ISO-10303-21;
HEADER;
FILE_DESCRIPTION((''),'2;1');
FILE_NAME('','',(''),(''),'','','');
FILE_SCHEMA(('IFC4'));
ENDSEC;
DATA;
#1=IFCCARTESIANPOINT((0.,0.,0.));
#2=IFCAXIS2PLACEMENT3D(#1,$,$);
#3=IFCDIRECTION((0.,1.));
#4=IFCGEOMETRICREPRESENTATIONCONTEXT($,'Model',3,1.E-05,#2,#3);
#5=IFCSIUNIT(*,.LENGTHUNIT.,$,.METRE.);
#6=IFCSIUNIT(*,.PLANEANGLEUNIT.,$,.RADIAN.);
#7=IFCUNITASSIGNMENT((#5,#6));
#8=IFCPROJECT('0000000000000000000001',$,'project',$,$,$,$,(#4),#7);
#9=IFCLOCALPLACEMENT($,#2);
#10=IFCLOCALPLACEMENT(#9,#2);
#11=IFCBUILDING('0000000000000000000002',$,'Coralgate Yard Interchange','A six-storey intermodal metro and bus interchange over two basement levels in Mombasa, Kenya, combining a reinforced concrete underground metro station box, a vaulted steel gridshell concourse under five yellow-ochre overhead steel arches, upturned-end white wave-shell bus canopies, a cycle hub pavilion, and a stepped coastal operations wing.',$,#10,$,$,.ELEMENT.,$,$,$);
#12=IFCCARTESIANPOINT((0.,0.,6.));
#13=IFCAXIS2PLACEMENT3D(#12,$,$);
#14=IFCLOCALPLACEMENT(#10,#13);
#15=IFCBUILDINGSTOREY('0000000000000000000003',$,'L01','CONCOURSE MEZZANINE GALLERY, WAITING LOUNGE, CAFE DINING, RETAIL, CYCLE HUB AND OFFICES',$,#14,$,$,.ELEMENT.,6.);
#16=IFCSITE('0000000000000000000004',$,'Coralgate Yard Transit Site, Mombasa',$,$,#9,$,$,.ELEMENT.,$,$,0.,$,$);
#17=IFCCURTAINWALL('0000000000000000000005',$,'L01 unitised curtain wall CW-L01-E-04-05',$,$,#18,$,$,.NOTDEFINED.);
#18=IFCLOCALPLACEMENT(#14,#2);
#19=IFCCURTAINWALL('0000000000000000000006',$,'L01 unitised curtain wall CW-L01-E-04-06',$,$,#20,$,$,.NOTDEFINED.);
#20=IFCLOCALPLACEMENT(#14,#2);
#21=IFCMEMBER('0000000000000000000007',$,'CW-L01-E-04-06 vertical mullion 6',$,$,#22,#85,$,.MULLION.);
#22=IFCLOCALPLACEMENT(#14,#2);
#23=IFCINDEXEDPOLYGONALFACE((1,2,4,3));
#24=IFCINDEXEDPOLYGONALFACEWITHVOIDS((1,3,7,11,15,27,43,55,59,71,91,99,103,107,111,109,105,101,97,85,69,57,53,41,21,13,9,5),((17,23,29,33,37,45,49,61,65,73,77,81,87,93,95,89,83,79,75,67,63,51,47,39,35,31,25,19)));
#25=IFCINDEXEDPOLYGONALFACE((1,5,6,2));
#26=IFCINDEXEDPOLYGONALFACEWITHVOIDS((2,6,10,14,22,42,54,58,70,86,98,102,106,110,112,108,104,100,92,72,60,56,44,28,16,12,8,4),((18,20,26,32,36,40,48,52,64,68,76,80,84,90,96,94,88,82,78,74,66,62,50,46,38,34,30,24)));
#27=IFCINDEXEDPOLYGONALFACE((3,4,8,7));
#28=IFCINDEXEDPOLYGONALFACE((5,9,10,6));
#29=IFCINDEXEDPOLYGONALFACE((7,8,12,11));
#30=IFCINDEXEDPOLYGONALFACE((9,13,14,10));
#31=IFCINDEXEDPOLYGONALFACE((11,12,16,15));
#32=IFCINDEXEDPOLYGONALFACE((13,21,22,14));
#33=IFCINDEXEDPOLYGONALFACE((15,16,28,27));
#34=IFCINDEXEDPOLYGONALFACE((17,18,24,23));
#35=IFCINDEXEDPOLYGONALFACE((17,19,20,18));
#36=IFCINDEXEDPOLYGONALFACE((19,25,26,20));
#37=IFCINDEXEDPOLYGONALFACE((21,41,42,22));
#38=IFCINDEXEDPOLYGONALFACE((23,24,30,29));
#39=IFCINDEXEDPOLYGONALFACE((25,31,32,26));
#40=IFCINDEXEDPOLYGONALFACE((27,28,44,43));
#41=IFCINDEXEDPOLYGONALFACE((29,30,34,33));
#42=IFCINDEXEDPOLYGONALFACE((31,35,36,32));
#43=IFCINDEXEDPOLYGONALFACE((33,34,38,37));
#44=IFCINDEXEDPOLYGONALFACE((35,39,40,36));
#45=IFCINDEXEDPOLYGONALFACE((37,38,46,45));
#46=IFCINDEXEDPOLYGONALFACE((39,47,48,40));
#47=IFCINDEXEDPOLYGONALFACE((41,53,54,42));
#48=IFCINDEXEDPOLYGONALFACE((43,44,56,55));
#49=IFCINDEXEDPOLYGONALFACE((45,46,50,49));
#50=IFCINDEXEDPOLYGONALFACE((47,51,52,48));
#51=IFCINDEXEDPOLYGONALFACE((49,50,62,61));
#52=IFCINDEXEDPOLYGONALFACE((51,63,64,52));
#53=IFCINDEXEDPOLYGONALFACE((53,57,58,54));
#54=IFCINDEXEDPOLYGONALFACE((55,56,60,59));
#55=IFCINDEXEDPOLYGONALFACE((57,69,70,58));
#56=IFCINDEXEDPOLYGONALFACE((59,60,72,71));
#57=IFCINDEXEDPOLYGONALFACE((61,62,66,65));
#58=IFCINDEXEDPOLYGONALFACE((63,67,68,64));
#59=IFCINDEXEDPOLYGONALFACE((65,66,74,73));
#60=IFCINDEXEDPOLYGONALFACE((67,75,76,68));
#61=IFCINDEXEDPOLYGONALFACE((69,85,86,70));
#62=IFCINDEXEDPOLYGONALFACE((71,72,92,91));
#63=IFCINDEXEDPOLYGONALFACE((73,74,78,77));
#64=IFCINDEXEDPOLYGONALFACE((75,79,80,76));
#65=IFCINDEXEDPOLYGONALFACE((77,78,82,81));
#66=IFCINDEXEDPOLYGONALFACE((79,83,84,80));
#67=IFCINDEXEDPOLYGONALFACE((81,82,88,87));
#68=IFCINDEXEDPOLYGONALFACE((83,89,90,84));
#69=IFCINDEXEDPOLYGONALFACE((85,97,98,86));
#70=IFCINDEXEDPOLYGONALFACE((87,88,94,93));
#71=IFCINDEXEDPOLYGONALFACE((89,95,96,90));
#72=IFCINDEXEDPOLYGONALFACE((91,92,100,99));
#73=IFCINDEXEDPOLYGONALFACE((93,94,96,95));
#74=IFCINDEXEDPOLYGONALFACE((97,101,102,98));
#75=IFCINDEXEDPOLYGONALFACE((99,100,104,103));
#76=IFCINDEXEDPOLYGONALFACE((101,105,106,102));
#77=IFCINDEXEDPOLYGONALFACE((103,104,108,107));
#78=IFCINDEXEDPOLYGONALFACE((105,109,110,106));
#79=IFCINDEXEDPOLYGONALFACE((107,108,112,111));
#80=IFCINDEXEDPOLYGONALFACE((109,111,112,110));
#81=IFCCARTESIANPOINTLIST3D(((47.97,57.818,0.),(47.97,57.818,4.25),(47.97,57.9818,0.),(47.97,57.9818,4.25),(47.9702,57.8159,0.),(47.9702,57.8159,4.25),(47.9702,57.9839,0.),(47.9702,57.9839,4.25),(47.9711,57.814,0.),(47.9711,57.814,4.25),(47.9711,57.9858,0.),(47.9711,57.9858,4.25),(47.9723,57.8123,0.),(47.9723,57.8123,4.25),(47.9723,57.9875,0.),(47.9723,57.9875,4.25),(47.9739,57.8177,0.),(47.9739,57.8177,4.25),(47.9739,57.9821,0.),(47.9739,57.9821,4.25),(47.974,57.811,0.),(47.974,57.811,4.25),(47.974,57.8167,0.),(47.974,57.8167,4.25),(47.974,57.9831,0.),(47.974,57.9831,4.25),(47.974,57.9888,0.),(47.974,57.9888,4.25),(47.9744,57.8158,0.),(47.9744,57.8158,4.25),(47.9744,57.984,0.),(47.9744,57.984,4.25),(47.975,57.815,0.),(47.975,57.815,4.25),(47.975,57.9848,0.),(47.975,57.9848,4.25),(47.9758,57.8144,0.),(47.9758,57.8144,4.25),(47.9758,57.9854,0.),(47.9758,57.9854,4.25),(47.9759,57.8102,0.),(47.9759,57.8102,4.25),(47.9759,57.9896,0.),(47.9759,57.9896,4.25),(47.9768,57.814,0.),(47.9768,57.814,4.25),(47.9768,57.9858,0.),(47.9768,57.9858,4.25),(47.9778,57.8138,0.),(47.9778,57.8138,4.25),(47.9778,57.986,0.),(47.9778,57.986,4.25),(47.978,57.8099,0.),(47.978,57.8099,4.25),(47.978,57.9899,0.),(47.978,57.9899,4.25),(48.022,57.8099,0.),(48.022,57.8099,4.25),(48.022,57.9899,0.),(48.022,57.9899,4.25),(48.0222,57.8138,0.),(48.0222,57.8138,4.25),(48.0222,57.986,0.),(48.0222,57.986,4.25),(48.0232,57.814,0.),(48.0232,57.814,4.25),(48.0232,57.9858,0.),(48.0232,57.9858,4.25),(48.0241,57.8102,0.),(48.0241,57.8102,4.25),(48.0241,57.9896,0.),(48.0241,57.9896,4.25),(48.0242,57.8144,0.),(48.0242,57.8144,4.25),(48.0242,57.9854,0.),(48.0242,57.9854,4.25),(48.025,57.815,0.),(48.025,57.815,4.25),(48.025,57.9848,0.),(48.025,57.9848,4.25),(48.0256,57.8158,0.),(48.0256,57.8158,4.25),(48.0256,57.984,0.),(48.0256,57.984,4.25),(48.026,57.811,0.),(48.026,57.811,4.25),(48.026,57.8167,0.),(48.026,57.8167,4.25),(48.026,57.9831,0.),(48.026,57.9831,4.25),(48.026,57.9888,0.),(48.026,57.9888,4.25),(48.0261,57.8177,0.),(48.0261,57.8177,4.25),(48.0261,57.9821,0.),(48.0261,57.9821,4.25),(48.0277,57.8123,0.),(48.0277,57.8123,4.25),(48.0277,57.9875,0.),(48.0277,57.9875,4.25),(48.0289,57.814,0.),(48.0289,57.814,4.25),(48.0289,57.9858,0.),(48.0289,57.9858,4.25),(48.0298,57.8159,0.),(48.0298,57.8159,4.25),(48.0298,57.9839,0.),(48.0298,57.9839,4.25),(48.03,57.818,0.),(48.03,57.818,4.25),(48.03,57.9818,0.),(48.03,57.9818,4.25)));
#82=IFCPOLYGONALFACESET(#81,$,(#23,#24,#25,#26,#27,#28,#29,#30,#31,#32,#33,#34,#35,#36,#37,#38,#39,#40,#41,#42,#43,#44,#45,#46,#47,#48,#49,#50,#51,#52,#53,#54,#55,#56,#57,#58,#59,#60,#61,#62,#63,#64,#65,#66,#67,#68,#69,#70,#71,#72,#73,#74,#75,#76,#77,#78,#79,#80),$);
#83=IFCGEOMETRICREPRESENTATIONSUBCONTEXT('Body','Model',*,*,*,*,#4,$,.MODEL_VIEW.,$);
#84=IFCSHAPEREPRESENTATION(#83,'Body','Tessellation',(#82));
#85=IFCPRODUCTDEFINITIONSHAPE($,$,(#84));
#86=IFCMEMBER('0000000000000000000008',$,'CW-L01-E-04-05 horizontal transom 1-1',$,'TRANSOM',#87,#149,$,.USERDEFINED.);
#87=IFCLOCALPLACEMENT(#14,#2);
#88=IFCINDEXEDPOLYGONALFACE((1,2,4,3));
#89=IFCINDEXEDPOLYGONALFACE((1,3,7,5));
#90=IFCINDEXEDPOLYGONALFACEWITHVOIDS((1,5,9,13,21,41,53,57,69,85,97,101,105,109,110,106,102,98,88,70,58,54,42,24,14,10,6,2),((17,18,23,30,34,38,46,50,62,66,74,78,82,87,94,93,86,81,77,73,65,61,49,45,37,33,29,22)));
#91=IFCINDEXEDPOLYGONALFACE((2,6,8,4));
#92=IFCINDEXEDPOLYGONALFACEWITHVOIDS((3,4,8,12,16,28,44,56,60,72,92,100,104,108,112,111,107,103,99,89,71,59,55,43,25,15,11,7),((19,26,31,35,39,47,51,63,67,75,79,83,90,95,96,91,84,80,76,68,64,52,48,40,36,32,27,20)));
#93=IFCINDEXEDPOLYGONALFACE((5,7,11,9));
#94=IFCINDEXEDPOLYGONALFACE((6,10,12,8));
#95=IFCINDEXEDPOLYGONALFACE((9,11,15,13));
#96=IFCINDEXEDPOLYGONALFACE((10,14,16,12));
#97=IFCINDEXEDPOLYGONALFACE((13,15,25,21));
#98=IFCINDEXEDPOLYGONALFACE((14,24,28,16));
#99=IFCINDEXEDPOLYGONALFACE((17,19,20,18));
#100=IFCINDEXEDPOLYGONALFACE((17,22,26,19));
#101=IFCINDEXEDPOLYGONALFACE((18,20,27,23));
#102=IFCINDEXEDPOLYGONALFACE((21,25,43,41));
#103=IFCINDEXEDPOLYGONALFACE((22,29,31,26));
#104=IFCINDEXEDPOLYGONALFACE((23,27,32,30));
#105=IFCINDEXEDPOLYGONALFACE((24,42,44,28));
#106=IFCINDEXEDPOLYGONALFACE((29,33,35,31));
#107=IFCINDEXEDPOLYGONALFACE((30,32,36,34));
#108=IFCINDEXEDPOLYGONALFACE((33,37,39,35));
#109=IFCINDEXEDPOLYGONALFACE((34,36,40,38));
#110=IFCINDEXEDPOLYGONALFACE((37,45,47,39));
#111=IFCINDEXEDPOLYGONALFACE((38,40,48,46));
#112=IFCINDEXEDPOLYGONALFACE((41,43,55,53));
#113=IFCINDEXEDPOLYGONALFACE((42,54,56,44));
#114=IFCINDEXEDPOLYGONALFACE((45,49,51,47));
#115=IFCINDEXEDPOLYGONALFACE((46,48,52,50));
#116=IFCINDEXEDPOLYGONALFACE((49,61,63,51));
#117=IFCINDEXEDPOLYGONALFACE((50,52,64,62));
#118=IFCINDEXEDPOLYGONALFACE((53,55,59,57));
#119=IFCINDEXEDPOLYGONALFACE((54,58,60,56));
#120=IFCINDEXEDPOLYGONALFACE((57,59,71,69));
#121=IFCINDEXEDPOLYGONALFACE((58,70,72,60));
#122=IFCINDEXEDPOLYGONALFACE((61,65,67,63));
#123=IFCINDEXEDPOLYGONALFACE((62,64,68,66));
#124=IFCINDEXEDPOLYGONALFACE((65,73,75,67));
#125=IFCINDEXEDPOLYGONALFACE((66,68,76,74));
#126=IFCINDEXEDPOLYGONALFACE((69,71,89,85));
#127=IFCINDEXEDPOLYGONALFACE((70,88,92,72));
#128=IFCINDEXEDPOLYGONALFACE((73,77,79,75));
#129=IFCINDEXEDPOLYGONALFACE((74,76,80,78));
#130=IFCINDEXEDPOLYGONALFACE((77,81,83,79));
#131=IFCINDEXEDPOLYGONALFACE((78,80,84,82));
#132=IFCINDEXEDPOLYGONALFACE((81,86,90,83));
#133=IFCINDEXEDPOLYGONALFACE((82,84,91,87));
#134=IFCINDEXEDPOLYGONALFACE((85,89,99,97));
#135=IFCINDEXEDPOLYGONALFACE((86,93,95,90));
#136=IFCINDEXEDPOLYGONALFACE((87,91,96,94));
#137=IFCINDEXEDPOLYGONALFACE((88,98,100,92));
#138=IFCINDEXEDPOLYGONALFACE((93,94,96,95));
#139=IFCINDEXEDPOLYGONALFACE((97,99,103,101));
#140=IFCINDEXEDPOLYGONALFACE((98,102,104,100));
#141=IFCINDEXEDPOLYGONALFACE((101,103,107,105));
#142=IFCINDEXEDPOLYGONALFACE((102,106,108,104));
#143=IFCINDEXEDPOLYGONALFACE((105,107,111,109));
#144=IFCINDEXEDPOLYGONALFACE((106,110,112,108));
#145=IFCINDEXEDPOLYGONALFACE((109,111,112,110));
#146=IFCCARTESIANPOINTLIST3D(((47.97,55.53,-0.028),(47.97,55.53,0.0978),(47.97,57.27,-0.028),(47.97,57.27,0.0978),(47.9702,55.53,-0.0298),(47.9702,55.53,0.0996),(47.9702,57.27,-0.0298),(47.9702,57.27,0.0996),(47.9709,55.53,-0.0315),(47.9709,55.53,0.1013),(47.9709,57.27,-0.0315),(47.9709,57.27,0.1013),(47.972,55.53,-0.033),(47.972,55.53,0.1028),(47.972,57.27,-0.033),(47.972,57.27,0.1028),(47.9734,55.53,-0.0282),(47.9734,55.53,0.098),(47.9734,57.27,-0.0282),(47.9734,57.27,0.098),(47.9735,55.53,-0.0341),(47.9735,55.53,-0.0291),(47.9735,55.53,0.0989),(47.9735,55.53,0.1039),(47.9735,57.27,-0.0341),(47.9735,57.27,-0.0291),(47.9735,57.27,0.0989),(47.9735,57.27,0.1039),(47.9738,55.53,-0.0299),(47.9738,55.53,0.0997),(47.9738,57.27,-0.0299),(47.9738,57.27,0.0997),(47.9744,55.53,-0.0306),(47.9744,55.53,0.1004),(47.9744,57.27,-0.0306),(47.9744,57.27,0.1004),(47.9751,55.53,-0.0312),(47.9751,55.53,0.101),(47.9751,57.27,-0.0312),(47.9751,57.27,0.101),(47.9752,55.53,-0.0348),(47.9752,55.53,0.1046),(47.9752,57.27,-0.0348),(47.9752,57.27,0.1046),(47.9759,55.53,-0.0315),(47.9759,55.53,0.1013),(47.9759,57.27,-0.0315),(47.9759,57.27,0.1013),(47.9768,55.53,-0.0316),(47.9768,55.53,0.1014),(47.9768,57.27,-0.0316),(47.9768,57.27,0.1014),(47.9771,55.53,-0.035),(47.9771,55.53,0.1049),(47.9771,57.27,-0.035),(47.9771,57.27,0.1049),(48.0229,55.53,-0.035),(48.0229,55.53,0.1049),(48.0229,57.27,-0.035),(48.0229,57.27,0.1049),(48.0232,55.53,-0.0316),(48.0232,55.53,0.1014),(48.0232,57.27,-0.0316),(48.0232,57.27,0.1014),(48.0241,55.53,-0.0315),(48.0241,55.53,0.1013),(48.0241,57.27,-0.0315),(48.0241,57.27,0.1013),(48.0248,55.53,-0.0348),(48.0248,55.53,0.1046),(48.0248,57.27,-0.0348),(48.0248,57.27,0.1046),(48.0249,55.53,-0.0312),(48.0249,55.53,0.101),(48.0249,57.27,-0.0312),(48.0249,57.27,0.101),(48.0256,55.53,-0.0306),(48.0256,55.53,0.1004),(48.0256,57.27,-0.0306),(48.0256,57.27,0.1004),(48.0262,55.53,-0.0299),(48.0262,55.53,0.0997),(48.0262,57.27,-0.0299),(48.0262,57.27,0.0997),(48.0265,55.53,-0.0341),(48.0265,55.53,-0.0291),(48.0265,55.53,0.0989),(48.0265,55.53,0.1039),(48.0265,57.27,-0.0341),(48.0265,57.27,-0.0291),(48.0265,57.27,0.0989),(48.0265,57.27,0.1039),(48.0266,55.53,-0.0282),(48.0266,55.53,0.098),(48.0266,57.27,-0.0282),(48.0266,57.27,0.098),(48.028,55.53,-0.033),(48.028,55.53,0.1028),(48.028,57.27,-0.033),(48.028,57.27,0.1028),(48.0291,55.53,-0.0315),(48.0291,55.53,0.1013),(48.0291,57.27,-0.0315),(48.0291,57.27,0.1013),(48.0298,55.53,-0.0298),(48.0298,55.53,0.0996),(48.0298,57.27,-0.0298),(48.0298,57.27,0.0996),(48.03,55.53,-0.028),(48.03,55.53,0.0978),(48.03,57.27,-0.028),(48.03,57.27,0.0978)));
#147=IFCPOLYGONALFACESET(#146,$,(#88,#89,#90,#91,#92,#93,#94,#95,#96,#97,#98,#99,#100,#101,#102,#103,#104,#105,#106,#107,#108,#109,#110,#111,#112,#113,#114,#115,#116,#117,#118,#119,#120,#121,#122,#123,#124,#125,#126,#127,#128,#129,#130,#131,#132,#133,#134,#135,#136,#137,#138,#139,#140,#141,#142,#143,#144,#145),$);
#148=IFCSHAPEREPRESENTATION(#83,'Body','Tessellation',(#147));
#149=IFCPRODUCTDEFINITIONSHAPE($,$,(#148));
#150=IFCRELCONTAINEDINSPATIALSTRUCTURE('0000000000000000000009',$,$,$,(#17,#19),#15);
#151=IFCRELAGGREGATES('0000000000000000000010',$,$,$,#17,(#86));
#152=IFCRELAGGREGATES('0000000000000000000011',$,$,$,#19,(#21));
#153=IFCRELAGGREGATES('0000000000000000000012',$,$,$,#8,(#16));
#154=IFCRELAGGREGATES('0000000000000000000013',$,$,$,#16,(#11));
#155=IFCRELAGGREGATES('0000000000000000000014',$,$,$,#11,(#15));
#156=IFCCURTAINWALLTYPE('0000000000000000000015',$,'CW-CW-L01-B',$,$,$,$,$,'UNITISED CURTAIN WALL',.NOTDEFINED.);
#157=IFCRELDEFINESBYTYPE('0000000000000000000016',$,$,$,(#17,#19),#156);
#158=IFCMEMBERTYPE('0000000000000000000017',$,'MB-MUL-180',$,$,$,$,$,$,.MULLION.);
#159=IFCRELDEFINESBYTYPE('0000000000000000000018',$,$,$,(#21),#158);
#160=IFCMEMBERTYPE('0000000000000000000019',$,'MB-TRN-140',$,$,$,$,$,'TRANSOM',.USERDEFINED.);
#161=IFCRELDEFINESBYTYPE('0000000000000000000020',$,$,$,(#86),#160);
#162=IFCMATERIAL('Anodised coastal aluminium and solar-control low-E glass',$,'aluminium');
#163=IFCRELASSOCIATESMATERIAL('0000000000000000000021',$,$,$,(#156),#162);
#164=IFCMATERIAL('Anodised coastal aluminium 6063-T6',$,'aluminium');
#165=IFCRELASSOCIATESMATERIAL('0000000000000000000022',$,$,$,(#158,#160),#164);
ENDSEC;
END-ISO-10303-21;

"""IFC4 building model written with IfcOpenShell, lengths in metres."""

from ifc_helpers import new_model, si_unit, direction, frame, origin, origin_2d, place, context, subcontext, project, spatial, hollow_rectangle, extrude, material, material_profile, profile_set, type_object, element, aggregate, save


model = new_model("IFC4")

# Units and contexts
model_context = context("Model", 3, precision=1e-05, world=origin(), true_north=direction((0.0, 1.0)))
body_context = subcontext(model_context, "Body", "Model", "MODEL_VIEW")
ifc_project = project(units=[si_unit("LENGTHUNIT", "METRE"), si_unit("PLANEANGLEUNIT", "RADIAN")], contexts=[model_context])

# Site, building, storey
site_placement = place(None, origin())
site = spatial("IfcSite", under=ifc_project, at=site_placement, Name="Coralgate Yard Transit Site, Mombasa", CompositionType="ELEMENT", RefElevation=0.0)
building_placement = place(site_placement, origin())
building = spatial("IfcBuilding", under=site, at=building_placement, Name="Coralgate Yard Interchange", Description="A six-storey intermodal metro and bus interchange over two basement levels in Mombasa, Kenya, combining a reinforced concrete underground metro station box, a vaulted steel gridshell concourse under five yellow-ochre overhead steel arches, upturned-end white wave-shell bus canopies, a cycle hub pavilion, and a stepped coastal operations wing.", CompositionType="ELEMENT")
storey_placement = place(building_placement, frame((0.0, 0.0, 6.0)))
storey = spatial("IfcBuildingStorey", under=building, at=storey_placement, Name="L01", Description="CONCOURSE MEZZANINE GALLERY, WAITING LOUNGE, CAFE DINING, RETAIL, CYCLE HUB AND OFFICES", CompositionType="ELEMENT", Elevation=6.0)

# Curtain wall
ifc_material_1 = material(Name="Anodised coastal aluminium and solar-control low-E glass", Category="aluminium")
curtain_wall_type = type_object("IfcCurtainWallType", Name="CW-CW-L01-B", ElementType="UNITISED CURTAIN WALL", PredefinedType="NOTDEFINED", material=ifc_material_1)
curtain_wall_1_placement = place(storey_placement, origin())
curtain_wall_1 = element("IfcCurtainWall", 1, at=curtain_wall_1_placement, inside=storey, type_object=curtain_wall_type, Name="L01 unitised curtain wall CW-L01-E-04-05", PredefinedType="NOTDEFINED")
ifc_material_2 = material(Name="Anodised coastal aluminium 6063-T6", Category="aluminium")
ifc_material_profile_1 = material_profile(ifc_material_2, hollow_rectangle(XDim=0.0601, YDim=0.1799, WallThickness=0.0039, InnerFilletRadius=0.0039, OuterFilletRadius=0.0081, at=origin_2d()), Name="ALU 60x180x4")
ifc_profile_set_1 = profile_set([ifc_material_profile_1], Name="Anodised coastal aluminium 6063-T6")
member_type_1 = type_object("IfcMemberType", Name="MB-MUL-180", PredefinedType="MULLION", material=ifc_profile_set_1)

# Curtain wall, member
curtain_wall_2_placement = place(storey_placement, origin())
curtain_wall_2 = element("IfcCurtainWall", 2, at=curtain_wall_2_placement, inside=storey, type_object=curtain_wall_type, Name="L01 unitised curtain wall CW-L01-E-04-06", PredefinedType="NOTDEFINED")
member_1_placement = place(storey_placement, frame((48.0, 57.8999, 0.0), z_axis=(0.0, 0.0, 1.0), x_axis=(1.0, 0.0, 0.0)))
member_1 = element("IfcMember", 3, at=member_1_placement, type_object=member_type_1, Name="CW-L01-E-04-06 vertical mullion 6", PredefinedType="MULLION", context=body_context, shape_type="SweptSolid", body=[
    extrude(hollow_rectangle(XDim=0.0601, YDim=0.1799, WallThickness=0.0039, InnerFilletRadius=0.0039, OuterFilletRadius=0.0081, at=origin_2d()), origin(), (0.0, 0.0, 1.0), 4.25),
])

# Member
ifc_material_profile_2 = material_profile(ifc_material_2, hollow_rectangle(XDim=0.0601, YDim=0.1399, WallThickness=0.0034, InnerFilletRadius=0.0034, OuterFilletRadius=0.0071, at=origin_2d()), Name="ALU 60x140x3.5")
ifc_profile_set_2 = profile_set([ifc_material_profile_2], Name="Anodised coastal aluminium 6063-T6")
member_type_2 = type_object("IfcMemberType", Name="MB-TRN-140", ElementType="TRANSOM", PredefinedType="USERDEFINED", material=ifc_profile_set_2)
member_2_placement = place(storey_placement, frame((48.0, 57.27, 0.0349), z_axis=(0.0, -1.0, 0.0), x_axis=(1.0, 0.0, 0.0)))
member_2 = element("IfcMember", 4, at=member_2_placement, type_object=member_type_2, Name="CW-L01-E-04-05 horizontal transom 1-1", ObjectType="TRANSOM", PredefinedType="USERDEFINED", context=body_context, shape_type="SweptSolid", body=[
    extrude(hollow_rectangle(XDim=0.0601, YDim=0.1399, WallThickness=0.0034, InnerFilletRadius=0.0034, OuterFilletRadius=0.0071, at=origin_2d()), origin(), (0.0, 0.0, 1.0), 1.74),
])
aggregate(curtain_wall_1, [member_2])

aggregate(curtain_wall_2, [member_1])

save(model, "model.ifc")
